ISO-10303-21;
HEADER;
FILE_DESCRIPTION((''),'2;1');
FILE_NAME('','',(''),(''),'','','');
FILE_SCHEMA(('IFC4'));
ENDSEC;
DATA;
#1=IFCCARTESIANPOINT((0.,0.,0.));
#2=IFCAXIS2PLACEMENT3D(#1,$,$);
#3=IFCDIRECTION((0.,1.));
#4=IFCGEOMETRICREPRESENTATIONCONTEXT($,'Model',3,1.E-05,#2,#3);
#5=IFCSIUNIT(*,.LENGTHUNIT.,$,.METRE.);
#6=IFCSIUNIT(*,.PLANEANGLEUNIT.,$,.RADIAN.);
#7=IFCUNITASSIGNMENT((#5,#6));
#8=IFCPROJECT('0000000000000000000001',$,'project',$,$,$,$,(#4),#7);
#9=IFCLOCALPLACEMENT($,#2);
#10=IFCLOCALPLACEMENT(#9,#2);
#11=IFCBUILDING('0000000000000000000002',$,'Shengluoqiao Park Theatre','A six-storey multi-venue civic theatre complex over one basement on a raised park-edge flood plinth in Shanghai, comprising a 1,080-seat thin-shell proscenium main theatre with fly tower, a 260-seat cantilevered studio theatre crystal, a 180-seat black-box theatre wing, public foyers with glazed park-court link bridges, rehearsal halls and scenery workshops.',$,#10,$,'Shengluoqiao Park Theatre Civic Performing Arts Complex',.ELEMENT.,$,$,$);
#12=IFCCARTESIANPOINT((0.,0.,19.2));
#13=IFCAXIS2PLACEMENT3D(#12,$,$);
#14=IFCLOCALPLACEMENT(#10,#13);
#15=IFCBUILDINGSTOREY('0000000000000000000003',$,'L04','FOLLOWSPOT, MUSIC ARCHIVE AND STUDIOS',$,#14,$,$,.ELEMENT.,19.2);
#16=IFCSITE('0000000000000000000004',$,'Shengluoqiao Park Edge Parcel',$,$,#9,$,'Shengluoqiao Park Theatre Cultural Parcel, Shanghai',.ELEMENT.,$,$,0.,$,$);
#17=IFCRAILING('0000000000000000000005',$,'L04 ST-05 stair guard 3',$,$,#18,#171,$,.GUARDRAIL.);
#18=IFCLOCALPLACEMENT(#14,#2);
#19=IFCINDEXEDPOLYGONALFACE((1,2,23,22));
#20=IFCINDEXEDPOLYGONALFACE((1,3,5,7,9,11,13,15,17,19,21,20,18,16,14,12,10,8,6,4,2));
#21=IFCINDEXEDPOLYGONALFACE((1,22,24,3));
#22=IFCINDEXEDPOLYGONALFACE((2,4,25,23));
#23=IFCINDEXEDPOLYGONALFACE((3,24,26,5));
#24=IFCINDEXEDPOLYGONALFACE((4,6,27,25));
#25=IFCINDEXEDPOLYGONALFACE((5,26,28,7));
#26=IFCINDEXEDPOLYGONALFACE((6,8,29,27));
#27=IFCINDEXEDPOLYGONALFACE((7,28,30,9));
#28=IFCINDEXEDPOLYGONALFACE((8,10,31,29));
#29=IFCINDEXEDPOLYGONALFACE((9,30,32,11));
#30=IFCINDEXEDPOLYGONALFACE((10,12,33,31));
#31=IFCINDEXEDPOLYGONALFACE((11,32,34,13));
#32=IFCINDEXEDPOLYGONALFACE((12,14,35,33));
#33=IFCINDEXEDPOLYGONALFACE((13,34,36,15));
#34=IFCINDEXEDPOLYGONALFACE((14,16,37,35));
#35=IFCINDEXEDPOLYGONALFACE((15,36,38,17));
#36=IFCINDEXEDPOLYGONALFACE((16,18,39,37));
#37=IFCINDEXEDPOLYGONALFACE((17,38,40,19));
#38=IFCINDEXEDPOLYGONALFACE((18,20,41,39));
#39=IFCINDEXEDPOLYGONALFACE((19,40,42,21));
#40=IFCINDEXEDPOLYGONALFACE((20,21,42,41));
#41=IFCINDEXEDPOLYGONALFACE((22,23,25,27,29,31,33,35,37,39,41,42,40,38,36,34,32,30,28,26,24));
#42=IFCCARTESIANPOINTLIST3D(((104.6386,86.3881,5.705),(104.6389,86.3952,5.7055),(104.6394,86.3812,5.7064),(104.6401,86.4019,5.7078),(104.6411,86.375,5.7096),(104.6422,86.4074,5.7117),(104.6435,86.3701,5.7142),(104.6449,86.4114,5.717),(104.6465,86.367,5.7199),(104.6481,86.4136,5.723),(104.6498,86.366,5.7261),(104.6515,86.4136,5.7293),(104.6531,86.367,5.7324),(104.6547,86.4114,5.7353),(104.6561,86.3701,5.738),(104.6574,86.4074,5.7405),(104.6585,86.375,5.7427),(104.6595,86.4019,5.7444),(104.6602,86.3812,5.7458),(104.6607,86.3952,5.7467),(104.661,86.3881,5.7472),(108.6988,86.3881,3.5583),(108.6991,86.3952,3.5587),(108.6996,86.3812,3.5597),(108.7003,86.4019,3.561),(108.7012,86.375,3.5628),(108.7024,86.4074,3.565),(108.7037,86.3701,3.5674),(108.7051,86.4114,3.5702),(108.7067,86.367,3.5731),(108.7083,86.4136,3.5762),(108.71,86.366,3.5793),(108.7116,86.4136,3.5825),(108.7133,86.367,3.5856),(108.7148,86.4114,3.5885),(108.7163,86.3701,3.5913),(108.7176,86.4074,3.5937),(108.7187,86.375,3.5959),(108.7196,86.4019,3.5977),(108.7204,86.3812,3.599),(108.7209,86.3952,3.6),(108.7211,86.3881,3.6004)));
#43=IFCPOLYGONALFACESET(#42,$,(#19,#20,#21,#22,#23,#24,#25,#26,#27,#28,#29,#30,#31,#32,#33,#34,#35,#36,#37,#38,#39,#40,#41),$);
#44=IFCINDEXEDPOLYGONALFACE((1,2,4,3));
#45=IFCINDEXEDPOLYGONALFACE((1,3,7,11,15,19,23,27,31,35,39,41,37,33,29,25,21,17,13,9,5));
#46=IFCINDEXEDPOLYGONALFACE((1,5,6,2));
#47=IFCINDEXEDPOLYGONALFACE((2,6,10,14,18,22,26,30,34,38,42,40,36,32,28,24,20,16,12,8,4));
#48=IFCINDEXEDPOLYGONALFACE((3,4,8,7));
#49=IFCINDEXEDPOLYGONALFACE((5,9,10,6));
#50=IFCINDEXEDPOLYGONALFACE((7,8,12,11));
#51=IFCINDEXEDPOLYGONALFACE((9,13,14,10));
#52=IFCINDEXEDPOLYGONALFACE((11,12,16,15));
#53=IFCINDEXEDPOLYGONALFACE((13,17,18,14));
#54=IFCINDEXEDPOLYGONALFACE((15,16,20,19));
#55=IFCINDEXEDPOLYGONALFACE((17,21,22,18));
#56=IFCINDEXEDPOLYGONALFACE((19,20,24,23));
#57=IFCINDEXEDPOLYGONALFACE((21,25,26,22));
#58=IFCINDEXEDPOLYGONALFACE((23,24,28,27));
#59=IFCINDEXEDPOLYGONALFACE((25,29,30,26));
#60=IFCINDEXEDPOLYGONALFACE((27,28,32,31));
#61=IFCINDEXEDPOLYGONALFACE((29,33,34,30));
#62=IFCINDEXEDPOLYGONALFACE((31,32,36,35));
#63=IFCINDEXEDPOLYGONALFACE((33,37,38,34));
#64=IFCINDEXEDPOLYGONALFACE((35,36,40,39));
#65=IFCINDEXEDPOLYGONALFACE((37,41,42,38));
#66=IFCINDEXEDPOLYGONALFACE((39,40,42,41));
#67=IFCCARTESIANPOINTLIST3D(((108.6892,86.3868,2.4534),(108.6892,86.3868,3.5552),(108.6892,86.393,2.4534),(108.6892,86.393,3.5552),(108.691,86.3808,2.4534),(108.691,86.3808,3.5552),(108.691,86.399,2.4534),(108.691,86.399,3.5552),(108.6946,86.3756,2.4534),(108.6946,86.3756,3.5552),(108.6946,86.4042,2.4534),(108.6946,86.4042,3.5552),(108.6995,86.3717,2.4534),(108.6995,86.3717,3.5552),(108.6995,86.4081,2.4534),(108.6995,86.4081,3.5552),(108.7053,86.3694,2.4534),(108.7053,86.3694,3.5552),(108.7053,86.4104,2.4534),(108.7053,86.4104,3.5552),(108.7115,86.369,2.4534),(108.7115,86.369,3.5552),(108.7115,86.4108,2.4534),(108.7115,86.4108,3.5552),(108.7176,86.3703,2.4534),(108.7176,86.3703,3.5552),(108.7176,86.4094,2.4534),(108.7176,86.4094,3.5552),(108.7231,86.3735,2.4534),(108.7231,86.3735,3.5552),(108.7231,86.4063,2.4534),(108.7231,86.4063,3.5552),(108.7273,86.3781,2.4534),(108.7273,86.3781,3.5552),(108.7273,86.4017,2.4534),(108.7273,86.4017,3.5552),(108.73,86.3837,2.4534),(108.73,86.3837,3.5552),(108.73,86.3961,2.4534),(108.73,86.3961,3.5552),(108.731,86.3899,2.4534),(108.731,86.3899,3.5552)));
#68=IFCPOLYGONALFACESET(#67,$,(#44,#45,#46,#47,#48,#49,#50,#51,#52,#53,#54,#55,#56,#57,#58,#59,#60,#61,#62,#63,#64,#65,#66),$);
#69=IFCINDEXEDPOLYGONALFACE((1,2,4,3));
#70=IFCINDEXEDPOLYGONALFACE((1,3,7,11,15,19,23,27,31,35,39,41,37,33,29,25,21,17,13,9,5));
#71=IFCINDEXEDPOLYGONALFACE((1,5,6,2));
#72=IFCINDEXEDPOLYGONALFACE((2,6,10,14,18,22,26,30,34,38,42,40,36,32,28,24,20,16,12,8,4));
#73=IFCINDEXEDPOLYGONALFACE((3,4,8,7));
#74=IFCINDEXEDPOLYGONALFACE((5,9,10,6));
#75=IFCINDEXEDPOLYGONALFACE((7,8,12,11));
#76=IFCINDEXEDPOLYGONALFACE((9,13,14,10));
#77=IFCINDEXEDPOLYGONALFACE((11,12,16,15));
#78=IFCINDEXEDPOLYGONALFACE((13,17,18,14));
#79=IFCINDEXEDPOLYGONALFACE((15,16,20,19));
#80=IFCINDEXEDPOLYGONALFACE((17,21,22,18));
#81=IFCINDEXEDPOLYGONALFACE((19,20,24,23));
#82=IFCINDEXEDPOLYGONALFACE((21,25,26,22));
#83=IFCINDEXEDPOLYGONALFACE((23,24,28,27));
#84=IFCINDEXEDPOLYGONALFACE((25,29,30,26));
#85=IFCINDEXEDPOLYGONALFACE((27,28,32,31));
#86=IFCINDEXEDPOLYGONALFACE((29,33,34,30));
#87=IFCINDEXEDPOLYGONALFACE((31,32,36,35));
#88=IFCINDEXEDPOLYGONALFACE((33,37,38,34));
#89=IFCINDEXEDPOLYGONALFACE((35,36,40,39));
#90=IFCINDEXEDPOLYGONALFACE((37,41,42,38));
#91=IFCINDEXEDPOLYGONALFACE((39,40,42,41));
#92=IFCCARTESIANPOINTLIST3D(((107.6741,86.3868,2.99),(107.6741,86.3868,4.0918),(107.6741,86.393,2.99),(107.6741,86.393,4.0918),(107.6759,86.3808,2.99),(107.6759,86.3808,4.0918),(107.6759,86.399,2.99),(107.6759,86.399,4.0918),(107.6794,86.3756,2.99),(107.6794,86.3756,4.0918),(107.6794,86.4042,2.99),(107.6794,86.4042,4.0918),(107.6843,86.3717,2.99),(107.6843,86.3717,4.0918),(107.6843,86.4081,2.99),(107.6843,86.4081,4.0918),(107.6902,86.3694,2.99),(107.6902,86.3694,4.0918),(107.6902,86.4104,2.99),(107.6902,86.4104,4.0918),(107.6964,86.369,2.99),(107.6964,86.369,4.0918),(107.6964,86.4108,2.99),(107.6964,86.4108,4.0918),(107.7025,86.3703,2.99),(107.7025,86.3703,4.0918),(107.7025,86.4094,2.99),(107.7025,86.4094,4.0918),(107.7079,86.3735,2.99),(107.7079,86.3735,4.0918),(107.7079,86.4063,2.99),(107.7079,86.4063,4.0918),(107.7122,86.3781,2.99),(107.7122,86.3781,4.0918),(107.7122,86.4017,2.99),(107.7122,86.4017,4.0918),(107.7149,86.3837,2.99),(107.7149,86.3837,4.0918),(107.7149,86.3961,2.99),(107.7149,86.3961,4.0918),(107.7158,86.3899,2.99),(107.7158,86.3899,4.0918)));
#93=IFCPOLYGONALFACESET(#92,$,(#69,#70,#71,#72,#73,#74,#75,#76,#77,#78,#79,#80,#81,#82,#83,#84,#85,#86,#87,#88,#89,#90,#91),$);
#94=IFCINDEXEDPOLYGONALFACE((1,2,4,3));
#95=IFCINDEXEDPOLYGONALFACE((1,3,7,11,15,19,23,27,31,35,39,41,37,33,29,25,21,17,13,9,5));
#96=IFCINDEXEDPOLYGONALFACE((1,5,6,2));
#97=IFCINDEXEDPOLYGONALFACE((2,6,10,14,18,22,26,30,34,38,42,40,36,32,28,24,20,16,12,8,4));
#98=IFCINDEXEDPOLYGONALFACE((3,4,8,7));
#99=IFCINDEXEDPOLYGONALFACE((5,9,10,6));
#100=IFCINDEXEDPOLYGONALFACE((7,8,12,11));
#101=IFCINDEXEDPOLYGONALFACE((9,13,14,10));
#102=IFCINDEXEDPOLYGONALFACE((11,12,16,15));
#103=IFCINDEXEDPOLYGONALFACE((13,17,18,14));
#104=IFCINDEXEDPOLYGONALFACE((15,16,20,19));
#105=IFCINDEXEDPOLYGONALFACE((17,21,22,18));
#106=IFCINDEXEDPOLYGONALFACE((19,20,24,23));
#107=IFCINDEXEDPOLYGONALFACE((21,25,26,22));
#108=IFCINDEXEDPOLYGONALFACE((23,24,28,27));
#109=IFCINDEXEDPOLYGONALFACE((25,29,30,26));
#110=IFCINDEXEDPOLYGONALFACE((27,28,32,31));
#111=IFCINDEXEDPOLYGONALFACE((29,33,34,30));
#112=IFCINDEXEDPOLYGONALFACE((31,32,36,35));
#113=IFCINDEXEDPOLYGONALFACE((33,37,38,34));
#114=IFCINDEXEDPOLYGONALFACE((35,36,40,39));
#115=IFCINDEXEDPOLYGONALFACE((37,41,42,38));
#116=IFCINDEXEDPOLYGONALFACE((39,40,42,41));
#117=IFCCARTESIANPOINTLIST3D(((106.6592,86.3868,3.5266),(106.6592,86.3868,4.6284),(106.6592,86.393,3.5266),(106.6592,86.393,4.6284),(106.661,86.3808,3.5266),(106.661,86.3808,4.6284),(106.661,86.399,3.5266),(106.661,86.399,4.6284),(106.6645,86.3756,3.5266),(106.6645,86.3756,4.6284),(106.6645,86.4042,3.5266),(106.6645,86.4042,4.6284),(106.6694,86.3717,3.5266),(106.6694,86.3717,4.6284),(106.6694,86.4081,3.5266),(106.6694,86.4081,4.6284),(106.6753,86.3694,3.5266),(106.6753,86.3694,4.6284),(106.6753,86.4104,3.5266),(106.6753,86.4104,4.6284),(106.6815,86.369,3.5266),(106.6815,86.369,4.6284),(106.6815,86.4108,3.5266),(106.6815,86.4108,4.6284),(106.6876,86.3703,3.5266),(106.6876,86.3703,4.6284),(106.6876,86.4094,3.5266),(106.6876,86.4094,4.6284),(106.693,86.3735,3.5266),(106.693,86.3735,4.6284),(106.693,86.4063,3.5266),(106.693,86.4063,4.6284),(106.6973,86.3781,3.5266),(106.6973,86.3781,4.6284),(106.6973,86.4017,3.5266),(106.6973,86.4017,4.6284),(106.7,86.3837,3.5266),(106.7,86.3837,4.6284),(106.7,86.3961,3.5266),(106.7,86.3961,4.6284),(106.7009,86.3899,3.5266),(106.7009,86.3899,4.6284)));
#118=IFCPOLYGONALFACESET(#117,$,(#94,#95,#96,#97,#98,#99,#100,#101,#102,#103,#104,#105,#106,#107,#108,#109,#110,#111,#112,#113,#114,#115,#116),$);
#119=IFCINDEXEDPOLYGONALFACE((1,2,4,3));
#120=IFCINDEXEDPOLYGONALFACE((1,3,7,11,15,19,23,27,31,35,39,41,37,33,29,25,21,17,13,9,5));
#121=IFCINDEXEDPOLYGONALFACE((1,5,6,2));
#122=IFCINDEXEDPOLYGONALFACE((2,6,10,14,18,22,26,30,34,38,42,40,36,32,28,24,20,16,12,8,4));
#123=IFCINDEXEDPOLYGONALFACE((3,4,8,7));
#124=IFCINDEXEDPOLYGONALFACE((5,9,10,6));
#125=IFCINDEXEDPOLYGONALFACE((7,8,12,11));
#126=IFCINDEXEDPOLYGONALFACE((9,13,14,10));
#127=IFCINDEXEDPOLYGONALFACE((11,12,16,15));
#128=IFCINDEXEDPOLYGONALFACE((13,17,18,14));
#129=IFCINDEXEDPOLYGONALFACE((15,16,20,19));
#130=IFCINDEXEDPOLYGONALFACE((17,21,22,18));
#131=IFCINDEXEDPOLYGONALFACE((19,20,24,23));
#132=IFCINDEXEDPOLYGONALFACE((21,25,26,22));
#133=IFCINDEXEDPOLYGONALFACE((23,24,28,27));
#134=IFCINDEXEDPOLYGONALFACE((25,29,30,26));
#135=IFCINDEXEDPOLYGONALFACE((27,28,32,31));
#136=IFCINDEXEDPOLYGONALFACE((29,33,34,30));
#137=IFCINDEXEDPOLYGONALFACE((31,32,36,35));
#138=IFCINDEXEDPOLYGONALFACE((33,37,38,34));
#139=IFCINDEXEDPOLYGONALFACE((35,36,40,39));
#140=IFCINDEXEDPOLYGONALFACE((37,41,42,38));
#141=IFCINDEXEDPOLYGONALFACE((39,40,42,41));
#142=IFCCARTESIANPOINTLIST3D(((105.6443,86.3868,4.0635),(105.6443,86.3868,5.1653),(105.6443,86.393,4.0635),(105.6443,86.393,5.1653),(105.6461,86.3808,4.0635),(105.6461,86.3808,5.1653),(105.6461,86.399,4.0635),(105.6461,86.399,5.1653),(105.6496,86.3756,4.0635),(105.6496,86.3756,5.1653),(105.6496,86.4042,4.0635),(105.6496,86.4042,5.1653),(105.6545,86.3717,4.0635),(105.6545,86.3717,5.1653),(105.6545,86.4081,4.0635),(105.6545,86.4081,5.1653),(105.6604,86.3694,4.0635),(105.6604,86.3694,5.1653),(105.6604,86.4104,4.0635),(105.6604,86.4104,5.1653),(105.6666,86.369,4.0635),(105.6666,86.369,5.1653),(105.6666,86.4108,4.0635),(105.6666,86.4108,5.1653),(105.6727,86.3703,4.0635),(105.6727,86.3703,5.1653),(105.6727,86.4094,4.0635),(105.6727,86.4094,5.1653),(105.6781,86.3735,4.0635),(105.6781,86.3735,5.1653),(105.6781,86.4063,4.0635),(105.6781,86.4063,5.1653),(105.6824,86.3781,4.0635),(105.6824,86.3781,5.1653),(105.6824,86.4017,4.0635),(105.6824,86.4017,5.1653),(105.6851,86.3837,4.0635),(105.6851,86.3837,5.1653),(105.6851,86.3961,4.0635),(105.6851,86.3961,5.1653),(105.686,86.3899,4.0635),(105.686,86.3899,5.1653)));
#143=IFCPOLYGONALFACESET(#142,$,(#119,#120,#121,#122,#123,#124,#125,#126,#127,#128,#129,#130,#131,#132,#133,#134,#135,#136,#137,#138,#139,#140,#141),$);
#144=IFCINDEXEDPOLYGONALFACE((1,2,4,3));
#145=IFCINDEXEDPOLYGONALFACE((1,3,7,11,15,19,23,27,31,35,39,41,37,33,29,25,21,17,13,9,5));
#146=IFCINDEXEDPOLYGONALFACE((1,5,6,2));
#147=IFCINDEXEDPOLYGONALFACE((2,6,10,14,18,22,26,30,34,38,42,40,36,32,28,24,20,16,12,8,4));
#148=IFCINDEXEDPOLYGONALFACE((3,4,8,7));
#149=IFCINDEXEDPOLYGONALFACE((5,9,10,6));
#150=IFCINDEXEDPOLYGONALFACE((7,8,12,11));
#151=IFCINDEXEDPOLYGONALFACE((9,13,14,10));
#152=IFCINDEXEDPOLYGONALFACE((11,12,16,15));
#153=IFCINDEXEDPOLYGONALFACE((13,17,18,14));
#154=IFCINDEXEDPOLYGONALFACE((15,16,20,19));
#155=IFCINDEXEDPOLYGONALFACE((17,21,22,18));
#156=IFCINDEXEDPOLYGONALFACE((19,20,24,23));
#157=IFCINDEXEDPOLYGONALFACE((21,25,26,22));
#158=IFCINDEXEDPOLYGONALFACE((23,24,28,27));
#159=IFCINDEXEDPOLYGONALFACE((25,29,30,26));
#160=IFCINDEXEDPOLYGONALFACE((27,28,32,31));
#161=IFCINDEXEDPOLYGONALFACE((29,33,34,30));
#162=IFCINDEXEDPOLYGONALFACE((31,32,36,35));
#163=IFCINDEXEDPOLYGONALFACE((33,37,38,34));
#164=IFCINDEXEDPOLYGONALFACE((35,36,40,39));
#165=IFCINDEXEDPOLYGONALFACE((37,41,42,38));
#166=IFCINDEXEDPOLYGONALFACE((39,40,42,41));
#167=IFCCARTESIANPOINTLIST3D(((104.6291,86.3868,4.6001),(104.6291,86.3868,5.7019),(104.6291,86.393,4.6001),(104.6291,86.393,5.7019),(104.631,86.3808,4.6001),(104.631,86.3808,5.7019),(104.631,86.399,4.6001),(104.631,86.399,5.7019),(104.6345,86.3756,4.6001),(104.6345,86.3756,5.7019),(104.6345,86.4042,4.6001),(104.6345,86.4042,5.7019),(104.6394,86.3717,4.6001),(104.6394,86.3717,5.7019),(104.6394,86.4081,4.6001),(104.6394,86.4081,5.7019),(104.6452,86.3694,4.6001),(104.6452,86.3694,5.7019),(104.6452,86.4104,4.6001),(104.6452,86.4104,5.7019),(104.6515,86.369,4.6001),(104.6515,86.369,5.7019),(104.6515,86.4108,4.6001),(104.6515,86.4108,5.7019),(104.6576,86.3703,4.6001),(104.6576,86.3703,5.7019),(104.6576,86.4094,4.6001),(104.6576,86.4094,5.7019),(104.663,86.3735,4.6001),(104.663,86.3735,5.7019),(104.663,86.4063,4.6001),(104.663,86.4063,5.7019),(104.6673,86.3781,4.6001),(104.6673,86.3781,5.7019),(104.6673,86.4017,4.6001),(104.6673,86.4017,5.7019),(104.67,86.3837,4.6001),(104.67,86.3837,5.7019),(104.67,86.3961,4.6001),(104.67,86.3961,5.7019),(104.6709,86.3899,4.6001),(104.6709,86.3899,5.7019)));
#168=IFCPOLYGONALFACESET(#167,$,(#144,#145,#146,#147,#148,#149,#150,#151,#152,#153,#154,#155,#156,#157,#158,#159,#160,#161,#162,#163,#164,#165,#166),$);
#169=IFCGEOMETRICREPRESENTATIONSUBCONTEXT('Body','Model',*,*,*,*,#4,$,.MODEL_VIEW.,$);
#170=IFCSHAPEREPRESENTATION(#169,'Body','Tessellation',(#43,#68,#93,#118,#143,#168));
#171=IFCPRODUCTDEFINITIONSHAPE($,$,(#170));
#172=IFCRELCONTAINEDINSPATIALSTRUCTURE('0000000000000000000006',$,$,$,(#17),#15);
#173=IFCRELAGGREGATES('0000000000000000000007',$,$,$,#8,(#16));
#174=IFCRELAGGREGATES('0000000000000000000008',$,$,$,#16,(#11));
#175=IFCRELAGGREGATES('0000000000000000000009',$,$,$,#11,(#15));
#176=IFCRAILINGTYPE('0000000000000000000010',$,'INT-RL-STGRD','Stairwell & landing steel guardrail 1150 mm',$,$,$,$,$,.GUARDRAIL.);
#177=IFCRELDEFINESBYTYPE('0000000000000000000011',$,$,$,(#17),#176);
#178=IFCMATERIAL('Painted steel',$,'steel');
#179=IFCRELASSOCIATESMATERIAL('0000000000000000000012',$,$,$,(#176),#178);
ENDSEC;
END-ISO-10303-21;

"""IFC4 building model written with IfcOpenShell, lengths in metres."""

from ifc_helpers import new_model, si_unit, direction, frame, origin, origin_2d, place, context, subcontext, project, spatial, circle, extrude, material, type_object, element, save


model = new_model("IFC4")

# Units and contexts
model_context = context("Model", 3, precision=1e-05, world=origin(), true_north=direction((0.0, 1.0)))
body_context = subcontext(model_context, "Body", "Model", "MODEL_VIEW")
ifc_project = project(units=[si_unit("LENGTHUNIT", "METRE"), si_unit("PLANEANGLEUNIT", "RADIAN")], contexts=[model_context])

# Site, building, storey
site_placement = place(None, origin())
site = spatial("IfcSite", under=ifc_project, at=site_placement, Name="Shengluoqiao Park Edge Parcel", LongName="Shengluoqiao Park Theatre Cultural Parcel, Shanghai", CompositionType="ELEMENT", RefElevation=0.0)
building_placement = place(site_placement, origin())
building = spatial("IfcBuilding", under=site, at=building_placement, Name="Shengluoqiao Park Theatre", Description="A six-storey multi-venue civic theatre complex over one basement on a raised park-edge flood plinth in Shanghai, comprising a 1,080-seat thin-shell proscenium main theatre with fly tower, a 260-seat cantilevered studio theatre crystal, a 180-seat black-box theatre wing, public foyers with glazed park-court link bridges, rehearsal halls and scenery workshops.", LongName="Shengluoqiao Park Theatre Civic Performing Arts Complex", CompositionType="ELEMENT")
storey_placement = place(building_placement, frame((0.0, 0.0, 19.2)))
storey = spatial("IfcBuildingStorey", under=building, at=storey_placement, Name="L04", Description="FOLLOWSPOT, MUSIC ARCHIVE AND STUDIOS", CompositionType="ELEMENT", Elevation=19.2)

# Railing
ifc_material_1 = material(Name="Painted steel", Category="steel")
railing_type_1 = type_object("IfcRailingType", Name="INT-RL-STGRD", Description="Stairwell & landing steel guardrail 1150 mm", PredefinedType="GUARDRAIL", material=ifc_material_1)
railing_1_placement = place(storey_placement, frame((108.71, 86.3899, 2.4534)))
element("IfcRailing", 1, at=railing_1_placement, inside=storey, type_object=railing_type_1, Name="L04 ST-05 stair guard 3", PredefinedType="GUARDRAIL", context=body_context, shape_type="SweptSolid", body=[
    extrude(circle(Radius=0.0239, at=origin_2d()), frame((0.0, 0.0, 1.126), z_axis=(-0.884032, 0.0, 0.467426), x_axis=(0.0, -1.0, 0.0)), (0.0, 0.0, 1.0), 4.5928),
    extrude(circle(Radius=0.021, at=origin_2d()), origin(), (0.0, 0.0, 1.0), 1.1018),
    extrude(circle(Radius=0.021, at=origin_2d()), frame((-1.0151, 0.0, 0.5366)), (0.0, 0.0, 1.0), 1.1018),
    extrude(circle(Radius=0.021, at=origin_2d()), frame((-2.03, 0.0, 1.0732)), (0.0, 0.0, 1.0), 1.1018),
    extrude(circle(Radius=0.021, at=origin_2d()), frame((-3.0449, 0.0, 1.6101)), (0.0, 0.0, 1.0), 1.1018),
    extrude(circle(Radius=0.021, at=origin_2d()), frame((-4.0601, 0.0, 2.1467)), (0.0, 0.0, 1.0), 1.1018),
])

save(model, "model.ifc")
